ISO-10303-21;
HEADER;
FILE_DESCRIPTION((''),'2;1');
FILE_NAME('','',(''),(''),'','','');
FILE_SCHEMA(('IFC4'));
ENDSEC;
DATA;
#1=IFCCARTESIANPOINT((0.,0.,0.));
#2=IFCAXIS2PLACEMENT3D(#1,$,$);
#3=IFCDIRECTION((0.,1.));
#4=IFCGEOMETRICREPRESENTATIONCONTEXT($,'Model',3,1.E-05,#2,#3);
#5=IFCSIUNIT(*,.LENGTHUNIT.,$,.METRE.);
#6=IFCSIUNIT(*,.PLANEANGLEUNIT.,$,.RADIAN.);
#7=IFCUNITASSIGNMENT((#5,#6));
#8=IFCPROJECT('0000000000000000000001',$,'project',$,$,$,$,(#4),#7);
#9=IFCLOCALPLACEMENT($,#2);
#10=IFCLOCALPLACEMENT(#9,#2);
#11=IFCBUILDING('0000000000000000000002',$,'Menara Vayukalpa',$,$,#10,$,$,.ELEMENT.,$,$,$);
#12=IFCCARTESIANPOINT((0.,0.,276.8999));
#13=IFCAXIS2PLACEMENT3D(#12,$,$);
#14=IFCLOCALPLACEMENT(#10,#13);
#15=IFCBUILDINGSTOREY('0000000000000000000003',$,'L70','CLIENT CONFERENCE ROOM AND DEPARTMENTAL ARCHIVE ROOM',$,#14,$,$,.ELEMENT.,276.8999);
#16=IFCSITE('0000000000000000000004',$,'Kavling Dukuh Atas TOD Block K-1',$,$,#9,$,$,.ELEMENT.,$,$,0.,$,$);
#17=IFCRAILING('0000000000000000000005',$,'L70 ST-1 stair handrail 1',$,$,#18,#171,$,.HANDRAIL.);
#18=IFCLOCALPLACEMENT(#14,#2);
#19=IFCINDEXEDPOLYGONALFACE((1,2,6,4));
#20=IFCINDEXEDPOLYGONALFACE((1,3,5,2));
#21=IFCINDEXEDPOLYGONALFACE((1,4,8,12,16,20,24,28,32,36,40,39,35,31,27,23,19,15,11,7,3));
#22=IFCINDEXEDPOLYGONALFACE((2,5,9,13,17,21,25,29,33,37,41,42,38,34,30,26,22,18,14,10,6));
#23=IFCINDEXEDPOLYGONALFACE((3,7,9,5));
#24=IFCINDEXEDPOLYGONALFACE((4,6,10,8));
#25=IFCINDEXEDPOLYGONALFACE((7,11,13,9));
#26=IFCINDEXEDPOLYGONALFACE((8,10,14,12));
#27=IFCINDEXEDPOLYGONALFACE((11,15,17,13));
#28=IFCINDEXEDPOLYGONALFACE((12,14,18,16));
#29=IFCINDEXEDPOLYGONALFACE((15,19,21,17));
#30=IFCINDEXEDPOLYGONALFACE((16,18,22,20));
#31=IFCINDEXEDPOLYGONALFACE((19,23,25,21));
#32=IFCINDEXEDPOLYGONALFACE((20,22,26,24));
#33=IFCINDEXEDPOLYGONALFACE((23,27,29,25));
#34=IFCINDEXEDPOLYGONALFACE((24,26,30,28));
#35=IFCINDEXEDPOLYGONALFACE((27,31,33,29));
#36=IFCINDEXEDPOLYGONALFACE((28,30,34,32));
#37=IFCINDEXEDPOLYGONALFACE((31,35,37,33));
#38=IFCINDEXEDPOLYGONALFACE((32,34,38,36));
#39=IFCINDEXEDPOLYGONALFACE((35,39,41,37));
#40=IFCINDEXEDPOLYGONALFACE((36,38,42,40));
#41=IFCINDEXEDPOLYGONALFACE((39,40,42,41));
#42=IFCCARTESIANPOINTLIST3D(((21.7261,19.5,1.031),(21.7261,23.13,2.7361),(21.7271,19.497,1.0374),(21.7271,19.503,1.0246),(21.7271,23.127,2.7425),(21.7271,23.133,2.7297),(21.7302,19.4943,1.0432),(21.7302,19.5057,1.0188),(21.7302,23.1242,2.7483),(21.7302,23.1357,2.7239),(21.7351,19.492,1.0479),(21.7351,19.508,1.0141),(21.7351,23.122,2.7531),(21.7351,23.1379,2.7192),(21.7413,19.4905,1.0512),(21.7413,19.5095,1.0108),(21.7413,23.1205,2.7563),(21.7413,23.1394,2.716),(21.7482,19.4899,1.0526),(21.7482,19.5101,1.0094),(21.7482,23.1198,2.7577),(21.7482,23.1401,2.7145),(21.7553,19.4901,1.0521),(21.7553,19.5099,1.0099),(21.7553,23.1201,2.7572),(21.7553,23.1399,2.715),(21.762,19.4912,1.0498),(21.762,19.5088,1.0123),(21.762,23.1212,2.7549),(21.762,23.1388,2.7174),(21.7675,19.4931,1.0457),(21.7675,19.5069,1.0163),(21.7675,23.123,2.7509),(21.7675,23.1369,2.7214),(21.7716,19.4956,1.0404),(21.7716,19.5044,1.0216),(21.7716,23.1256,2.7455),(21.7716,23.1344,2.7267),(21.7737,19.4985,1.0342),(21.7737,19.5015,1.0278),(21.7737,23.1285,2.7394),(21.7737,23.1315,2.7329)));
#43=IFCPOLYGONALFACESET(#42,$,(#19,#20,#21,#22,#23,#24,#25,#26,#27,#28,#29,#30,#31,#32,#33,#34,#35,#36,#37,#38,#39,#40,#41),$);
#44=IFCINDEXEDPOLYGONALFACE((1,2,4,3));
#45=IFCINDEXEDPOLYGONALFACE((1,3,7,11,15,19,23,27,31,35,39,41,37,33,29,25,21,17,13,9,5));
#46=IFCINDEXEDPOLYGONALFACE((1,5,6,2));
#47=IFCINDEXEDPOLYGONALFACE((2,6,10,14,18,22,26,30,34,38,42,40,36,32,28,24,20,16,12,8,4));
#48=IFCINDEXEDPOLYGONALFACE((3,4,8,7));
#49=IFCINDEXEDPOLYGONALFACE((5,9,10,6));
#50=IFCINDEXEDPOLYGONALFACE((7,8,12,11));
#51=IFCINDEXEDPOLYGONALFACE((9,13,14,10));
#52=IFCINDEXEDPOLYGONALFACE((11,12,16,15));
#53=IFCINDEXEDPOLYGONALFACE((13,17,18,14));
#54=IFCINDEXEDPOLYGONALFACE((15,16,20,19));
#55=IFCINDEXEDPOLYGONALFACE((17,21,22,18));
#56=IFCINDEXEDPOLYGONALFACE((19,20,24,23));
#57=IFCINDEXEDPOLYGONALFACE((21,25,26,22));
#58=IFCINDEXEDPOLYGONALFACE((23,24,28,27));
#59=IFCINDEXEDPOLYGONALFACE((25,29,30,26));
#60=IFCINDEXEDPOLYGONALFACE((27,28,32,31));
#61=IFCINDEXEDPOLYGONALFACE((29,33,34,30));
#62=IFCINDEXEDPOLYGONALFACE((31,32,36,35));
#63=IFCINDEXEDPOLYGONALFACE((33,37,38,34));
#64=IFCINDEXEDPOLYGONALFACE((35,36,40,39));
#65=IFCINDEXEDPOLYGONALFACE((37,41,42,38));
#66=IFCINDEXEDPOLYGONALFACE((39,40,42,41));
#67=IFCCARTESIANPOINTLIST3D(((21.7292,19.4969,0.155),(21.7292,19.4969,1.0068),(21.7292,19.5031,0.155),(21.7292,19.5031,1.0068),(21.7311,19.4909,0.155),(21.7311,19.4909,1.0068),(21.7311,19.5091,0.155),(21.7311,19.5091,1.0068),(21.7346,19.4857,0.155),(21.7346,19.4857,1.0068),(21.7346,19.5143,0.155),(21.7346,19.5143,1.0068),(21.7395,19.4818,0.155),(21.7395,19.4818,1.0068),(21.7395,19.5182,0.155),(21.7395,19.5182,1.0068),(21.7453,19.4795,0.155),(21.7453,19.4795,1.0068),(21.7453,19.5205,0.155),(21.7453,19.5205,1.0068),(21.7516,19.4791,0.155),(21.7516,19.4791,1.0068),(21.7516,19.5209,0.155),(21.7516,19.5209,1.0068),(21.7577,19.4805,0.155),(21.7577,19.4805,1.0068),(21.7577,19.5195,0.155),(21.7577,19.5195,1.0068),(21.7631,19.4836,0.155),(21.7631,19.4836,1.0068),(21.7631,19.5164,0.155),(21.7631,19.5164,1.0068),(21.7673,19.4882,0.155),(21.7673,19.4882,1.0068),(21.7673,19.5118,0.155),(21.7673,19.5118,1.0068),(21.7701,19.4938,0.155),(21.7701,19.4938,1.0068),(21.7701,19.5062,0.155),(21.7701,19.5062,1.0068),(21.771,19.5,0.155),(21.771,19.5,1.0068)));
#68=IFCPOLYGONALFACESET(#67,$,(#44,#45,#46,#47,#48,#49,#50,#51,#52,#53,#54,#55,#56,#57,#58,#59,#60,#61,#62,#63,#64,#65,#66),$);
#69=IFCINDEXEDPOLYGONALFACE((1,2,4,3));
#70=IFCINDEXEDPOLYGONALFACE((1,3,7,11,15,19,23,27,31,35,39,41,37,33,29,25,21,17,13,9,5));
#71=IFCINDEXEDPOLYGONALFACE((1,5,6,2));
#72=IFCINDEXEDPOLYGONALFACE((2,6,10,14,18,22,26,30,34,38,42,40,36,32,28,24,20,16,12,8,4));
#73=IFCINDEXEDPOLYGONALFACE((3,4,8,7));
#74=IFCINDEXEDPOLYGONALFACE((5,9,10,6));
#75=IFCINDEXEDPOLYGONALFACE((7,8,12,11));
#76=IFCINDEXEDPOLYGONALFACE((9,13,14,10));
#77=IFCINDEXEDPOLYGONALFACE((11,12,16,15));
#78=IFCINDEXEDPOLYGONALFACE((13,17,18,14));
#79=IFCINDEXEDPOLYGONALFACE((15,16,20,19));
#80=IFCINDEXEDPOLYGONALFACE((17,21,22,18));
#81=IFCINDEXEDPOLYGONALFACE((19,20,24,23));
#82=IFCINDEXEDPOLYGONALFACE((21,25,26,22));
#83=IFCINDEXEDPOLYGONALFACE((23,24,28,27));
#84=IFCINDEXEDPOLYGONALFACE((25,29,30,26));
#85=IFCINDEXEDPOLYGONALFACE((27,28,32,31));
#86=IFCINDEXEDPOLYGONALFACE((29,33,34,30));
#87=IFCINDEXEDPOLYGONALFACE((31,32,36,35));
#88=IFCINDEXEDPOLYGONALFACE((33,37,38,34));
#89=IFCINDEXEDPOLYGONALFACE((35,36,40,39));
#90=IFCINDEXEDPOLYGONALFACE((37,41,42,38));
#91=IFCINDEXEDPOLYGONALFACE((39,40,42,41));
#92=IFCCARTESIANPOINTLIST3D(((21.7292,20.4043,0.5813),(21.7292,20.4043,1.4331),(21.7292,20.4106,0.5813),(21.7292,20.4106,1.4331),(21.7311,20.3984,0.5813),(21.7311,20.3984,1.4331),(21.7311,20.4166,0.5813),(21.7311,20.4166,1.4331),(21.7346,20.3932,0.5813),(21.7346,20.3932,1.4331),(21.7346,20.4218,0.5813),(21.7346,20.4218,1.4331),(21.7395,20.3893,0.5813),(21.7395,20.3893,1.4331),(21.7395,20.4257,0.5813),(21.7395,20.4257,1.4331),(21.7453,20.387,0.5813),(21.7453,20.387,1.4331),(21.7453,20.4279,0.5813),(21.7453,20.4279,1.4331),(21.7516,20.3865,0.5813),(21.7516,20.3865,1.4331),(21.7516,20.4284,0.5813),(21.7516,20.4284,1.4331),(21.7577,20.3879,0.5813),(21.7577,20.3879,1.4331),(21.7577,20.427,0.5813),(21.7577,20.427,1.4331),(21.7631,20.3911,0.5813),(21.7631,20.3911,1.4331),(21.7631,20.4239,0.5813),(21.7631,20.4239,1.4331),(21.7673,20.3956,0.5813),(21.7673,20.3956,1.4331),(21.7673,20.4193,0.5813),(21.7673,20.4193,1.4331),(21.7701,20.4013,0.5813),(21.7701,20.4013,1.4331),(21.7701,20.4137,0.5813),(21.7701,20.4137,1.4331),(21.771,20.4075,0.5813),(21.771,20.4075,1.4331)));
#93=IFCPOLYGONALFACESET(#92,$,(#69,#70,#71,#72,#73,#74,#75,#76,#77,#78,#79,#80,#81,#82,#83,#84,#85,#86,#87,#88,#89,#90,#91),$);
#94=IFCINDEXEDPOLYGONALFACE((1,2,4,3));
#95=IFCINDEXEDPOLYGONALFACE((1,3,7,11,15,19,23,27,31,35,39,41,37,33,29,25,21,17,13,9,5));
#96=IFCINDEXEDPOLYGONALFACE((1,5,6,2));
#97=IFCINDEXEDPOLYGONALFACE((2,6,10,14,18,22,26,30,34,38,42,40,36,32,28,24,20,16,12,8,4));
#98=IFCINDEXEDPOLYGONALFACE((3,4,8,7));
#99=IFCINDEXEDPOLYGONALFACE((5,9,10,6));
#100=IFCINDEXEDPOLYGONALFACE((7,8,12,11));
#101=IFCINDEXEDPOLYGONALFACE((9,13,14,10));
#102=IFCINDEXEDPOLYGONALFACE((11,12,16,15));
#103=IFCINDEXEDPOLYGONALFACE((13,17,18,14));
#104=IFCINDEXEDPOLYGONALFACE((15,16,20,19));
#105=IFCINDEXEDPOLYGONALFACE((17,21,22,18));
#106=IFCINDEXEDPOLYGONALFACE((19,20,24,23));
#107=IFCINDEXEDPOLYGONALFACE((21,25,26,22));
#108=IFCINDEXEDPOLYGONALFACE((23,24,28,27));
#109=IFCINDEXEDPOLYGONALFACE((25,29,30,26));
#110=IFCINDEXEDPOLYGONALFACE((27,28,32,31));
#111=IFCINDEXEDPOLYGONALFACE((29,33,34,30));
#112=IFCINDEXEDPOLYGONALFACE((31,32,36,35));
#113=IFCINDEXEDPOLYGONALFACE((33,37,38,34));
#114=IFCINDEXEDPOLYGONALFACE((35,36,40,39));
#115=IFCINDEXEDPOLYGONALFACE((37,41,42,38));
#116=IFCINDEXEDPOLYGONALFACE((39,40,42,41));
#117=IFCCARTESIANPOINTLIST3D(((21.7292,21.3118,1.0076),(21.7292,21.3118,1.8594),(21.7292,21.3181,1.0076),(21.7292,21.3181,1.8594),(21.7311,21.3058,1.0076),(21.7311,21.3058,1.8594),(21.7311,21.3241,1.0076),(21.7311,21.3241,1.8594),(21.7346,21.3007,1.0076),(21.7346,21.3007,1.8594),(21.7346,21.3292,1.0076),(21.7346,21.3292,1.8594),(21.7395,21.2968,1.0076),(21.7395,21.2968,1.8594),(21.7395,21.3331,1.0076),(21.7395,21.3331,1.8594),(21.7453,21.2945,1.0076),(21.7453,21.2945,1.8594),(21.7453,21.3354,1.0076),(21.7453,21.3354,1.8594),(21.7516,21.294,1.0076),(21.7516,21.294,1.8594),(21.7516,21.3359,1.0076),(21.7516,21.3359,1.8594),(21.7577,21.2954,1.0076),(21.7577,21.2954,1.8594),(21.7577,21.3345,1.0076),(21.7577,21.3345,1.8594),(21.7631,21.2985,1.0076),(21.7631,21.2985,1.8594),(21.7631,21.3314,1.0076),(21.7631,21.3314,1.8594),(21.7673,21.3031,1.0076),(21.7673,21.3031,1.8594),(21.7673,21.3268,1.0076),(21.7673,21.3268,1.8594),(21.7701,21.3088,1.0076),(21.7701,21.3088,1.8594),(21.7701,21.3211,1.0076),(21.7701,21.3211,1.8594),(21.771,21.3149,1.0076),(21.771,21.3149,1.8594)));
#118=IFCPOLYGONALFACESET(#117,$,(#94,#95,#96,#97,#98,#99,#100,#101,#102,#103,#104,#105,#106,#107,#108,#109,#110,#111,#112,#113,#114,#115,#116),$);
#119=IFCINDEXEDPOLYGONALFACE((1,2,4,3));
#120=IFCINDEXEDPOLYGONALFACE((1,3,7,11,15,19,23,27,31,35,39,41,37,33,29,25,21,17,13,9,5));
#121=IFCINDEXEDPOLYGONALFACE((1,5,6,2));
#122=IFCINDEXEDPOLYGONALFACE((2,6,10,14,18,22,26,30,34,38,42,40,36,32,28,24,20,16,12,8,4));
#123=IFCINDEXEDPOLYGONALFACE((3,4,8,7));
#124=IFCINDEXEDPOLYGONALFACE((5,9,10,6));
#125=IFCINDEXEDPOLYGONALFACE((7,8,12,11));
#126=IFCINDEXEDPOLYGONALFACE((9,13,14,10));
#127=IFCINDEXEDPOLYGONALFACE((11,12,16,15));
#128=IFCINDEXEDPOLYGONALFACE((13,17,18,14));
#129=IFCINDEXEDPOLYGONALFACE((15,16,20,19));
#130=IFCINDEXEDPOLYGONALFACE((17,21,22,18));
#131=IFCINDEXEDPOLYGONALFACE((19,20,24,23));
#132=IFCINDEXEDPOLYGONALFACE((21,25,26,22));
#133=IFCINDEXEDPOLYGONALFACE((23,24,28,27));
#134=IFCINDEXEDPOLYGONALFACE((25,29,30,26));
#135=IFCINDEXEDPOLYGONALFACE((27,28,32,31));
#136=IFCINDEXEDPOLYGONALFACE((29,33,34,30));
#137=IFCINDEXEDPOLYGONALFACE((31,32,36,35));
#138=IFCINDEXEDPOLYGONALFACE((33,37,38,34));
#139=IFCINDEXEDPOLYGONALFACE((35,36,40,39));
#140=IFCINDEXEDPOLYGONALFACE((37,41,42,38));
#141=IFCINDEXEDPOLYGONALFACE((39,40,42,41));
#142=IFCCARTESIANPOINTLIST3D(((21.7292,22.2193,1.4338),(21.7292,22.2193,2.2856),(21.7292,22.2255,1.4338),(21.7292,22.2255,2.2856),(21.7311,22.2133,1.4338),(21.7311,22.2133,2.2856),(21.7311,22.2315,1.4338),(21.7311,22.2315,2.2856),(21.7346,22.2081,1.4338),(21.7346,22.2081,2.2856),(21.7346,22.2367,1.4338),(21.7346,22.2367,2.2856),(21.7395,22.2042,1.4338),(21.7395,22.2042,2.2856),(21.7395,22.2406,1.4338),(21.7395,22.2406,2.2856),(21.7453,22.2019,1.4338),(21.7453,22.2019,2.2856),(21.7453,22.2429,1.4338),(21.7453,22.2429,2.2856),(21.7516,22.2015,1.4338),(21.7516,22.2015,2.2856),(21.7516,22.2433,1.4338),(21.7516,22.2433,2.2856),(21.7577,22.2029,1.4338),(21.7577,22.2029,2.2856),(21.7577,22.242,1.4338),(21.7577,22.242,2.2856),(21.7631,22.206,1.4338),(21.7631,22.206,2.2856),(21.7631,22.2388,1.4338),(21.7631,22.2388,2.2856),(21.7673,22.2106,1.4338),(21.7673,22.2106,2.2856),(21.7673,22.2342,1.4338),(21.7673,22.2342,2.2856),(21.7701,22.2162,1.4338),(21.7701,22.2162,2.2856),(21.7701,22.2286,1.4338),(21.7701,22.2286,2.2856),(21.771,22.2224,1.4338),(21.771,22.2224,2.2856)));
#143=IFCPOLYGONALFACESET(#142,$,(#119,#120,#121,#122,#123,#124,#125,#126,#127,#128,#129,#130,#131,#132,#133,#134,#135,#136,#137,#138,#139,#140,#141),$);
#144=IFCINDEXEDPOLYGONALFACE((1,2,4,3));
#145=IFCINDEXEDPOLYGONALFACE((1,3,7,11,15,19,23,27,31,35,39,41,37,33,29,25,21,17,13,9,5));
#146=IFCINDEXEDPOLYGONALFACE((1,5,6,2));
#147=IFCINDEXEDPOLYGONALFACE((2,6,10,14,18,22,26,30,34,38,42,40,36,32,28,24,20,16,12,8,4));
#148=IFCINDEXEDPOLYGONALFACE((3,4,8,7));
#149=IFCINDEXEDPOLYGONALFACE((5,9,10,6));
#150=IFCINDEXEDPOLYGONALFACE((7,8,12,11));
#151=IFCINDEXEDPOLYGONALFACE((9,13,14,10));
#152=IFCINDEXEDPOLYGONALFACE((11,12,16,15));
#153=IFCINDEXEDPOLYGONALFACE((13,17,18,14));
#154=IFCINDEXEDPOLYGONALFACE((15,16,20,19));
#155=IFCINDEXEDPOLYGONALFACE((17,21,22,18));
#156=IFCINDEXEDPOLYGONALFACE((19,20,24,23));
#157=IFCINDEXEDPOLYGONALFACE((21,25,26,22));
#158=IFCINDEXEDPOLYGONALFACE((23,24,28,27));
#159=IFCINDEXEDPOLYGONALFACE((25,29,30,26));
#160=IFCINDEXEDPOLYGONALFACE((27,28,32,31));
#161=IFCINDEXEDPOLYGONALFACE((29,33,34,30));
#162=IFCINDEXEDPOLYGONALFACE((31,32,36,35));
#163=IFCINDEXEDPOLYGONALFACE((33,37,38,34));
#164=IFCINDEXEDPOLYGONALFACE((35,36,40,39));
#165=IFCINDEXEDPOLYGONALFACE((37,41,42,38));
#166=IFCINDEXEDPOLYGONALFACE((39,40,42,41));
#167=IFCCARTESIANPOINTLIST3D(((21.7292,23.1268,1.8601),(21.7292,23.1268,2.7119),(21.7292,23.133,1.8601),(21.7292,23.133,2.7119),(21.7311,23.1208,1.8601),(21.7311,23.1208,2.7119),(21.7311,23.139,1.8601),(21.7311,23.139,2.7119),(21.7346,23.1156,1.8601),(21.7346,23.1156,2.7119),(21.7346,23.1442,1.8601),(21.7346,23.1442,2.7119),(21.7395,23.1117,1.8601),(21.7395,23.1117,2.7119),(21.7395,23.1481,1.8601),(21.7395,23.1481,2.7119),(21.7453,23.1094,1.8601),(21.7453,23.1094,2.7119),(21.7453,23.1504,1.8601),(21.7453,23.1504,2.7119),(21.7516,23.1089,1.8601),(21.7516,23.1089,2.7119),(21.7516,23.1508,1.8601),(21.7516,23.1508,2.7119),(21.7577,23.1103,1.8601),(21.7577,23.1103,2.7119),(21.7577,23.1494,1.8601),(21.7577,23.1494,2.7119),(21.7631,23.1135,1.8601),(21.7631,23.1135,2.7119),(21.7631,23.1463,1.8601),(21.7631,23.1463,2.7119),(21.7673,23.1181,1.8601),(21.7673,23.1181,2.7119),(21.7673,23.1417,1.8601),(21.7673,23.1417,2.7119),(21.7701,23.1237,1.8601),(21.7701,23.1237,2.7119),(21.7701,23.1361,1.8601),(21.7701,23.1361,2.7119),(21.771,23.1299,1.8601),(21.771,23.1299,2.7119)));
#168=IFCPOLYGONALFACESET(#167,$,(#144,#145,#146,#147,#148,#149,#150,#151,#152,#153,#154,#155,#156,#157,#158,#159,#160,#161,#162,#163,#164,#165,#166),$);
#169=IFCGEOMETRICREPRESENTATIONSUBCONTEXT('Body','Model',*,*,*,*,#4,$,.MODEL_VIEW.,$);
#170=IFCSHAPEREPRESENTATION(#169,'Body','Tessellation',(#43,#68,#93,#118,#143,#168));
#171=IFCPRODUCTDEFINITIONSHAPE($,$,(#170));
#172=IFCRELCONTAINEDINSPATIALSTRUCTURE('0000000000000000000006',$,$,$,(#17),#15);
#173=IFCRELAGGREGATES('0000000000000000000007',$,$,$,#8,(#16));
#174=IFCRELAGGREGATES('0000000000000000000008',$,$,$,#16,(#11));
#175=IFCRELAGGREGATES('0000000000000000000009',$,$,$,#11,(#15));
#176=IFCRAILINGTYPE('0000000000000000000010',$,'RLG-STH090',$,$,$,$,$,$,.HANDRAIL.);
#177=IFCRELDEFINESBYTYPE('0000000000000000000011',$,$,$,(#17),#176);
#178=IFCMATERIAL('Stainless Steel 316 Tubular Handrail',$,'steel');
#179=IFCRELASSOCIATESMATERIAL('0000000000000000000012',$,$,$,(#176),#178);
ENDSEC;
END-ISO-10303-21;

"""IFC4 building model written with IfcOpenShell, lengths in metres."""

from ifc_helpers import new_model, si_unit, direction, frame, origin, origin_2d, place, context, subcontext, project, spatial, circle, extrude, material, type_object, element, save


model = new_model("IFC4")

# Units and contexts
model_context = context("Model", 3, precision=1e-05, world=origin(), true_north=direction((0.0, 1.0)))
body_context = subcontext(model_context, "Body", "Model", "MODEL_VIEW")
ifc_project = project(units=[si_unit("LENGTHUNIT", "METRE"), si_unit("PLANEANGLEUNIT", "RADIAN")], contexts=[model_context])

# Site, building, storey
site_placement = place(None, origin())
site = spatial("IfcSite", under=ifc_project, at=site_placement, Name="Kavling Dukuh Atas TOD Block K-1", CompositionType="ELEMENT", RefElevation=0.0)
building_placement = place(site_placement, origin())
building = spatial("IfcBuilding", under=site, at=building_placement, Name="Menara Vayukalpa", CompositionType="ELEMENT")
storey_placement = place(building_placement, frame((0.0, 0.0, 276.8999)))
storey = spatial("IfcBuildingStorey", under=building, at=storey_placement, Name="L70", Description="CLIENT CONFERENCE ROOM AND DEPARTMENTAL ARCHIVE ROOM", CompositionType="ELEMENT", Elevation=276.8999)

# Railing
ifc_material_1 = material(Name="Stainless Steel 316 Tubular Handrail", Category="steel")
railing_type_1 = type_object("IfcRailingType", Name="RLG-STH090", PredefinedType="HANDRAIL", material=ifc_material_1)
railing_1_placement = place(storey_placement, frame((21.75, 19.5, 0.155)))
element("IfcRailing", 1, at=railing_1_placement, inside=storey, type_object=railing_type_1, Name="L70 ST-1 stair handrail 1", PredefinedType="HANDRAIL", context=body_context, shape_type="SweptSolid", body=[
    extrude(circle(Radius=0.0239, at=origin_2d()), frame((0.0, 0.0, 0.876), z_axis=(0.0, 0.905116, 0.425164), x_axis=(-1.0, 0.0, 0.0)), (0.0, 0.0, 1.0), 4.0105),
    extrude(circle(Radius=0.021, at=origin_2d()), origin(), (0.0, 0.0, 1.0), 0.8518),
    extrude(circle(Radius=0.021, at=origin_2d()), frame((0.0, 0.9075, 0.4263)), (0.0, 0.0, 1.0), 0.8518),
    extrude(circle(Radius=0.021, at=origin_2d()), frame((0.0, 1.8149, 0.8525)), (0.0, 0.0, 1.0), 0.8518),
    extrude(circle(Radius=0.021, at=origin_2d()), frame((0.0, 2.7224, 1.2788)), (0.0, 0.0, 1.0), 0.8518),
    extrude(circle(Radius=0.021, at=origin_2d()), frame((0.0, 3.6299, 1.7051)), (0.0, 0.0, 1.0), 0.8518),
])

save(model, "model.ifc")
